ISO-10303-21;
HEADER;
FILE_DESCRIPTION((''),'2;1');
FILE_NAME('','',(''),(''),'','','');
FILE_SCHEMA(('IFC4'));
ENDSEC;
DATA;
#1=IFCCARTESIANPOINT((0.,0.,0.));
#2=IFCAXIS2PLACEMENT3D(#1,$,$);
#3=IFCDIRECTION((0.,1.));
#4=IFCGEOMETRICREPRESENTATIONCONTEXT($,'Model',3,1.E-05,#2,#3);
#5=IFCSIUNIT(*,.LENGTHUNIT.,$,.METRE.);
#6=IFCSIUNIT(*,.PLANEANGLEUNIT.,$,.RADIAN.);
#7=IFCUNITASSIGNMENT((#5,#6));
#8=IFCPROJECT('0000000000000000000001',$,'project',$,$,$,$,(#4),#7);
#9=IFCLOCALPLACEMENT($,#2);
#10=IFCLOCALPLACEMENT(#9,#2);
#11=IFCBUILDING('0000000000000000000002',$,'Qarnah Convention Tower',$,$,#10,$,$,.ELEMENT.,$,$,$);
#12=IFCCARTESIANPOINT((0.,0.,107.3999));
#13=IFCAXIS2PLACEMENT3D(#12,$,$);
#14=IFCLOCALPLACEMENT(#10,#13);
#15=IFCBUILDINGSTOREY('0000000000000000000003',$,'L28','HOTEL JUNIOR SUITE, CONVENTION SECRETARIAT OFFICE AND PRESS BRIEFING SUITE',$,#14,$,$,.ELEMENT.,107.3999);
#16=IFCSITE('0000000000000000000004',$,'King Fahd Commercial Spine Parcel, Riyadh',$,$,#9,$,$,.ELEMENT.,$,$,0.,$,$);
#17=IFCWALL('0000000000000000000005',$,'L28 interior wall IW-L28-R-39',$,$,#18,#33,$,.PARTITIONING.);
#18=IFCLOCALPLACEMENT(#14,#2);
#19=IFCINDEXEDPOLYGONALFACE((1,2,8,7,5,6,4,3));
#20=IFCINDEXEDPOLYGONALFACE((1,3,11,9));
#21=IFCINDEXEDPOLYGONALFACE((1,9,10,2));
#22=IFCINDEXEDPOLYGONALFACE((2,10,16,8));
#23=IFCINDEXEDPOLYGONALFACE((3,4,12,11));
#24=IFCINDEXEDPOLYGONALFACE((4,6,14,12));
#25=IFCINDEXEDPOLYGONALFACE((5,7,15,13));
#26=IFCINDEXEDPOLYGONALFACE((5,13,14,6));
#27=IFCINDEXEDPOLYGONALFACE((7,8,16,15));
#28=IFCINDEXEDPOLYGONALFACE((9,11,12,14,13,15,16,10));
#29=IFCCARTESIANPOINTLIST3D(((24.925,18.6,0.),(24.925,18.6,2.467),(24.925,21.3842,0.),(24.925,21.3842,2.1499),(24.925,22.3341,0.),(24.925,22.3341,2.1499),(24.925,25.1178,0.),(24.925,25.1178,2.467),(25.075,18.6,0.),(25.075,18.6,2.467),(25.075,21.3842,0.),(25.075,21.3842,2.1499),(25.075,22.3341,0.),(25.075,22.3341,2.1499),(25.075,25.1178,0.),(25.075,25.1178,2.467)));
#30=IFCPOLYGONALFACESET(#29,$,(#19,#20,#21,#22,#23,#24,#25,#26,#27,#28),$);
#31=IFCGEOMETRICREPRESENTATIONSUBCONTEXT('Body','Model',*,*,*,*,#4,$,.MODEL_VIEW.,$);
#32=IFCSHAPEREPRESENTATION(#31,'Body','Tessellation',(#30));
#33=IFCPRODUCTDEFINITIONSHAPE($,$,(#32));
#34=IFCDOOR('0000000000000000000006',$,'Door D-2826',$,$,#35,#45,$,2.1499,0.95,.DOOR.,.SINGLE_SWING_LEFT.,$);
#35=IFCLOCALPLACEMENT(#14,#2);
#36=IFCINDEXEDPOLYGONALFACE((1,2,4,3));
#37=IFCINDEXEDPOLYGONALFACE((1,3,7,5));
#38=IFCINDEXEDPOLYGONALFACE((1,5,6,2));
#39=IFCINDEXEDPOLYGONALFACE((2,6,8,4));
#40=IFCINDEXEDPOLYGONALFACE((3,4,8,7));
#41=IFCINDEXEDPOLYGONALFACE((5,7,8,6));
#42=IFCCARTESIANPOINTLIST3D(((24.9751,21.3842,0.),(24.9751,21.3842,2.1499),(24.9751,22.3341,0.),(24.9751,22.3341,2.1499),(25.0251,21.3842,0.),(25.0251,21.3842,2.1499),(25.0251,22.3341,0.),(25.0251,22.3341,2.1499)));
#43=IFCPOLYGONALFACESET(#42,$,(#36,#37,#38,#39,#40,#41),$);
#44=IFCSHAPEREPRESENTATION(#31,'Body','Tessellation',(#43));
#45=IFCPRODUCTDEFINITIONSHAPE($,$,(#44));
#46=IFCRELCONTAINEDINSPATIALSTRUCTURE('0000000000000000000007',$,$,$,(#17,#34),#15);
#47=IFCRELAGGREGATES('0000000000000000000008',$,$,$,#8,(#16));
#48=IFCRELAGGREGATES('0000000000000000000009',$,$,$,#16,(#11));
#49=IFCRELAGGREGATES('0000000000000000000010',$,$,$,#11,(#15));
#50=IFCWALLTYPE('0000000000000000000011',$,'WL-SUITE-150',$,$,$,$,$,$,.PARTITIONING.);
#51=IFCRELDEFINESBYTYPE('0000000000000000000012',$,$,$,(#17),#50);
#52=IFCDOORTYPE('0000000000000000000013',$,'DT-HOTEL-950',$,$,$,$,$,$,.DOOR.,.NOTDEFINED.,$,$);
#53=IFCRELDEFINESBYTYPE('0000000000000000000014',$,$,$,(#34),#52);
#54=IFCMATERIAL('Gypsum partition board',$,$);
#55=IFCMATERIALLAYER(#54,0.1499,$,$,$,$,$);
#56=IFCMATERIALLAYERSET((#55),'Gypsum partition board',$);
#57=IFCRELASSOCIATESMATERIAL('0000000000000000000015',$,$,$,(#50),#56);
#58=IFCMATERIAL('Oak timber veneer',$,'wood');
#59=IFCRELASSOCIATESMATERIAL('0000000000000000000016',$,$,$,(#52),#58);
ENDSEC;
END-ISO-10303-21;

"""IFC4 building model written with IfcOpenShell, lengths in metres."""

from ifc_helpers import new_model, si_unit, direction, frame, frame_2d, origin, place, context, subcontext, project, spatial, rectangle, extrude, material, layer, layer_set, type_object, element, fill, save


model = new_model("IFC4")

# Units and contexts
model_context = context("Model", 3, precision=1e-05, world=origin(), true_north=direction((0.0, 1.0)))
body_context = subcontext(model_context, "Body", "Model", "MODEL_VIEW")
ifc_project = project(units=[si_unit("LENGTHUNIT", "METRE"), si_unit("PLANEANGLEUNIT", "RADIAN")], contexts=[model_context])

# Site, building, storey
site_placement = place(None, origin())
site = spatial("IfcSite", under=ifc_project, at=site_placement, Name="King Fahd Commercial Spine Parcel, Riyadh", CompositionType="ELEMENT", RefElevation=0.0)
building_placement = place(site_placement, origin())
building = spatial("IfcBuilding", under=site, at=building_placement, Name="Qarnah Convention Tower", CompositionType="ELEMENT")
storey_placement = place(building_placement, frame((0.0, 0.0, 107.3999)))
storey = spatial("IfcBuildingStorey", under=building, at=storey_placement, Name="L28", Description="HOTEL JUNIOR SUITE, CONVENTION SECRETARIAT OFFICE AND PRESS BRIEFING SUITE", CompositionType="ELEMENT", Elevation=107.3999)

# Shared definitions
ifc_material_1 = material(Name="Gypsum partition board")
ifc_layer_1 = layer(ifc_material_1, 0.1499)
ifc_layer_set_1 = layer_set([ifc_layer_1], Name="Gypsum partition board")
wall_type_1 = type_object("IfcWallType", Name="WL-SUITE-150", PredefinedType="PARTITIONING", material=ifc_layer_set_1)

# Shared definitions
ifc_material_2 = material(Name="Oak timber veneer", Category="wood")
door_type_1 = type_object("IfcDoorType", Name="DT-HOTEL-950", OperationType="NOTDEFINED", PredefinedType="DOOR", material=ifc_material_2)

# Wall, opening, door
wall_1_placement = place(storey_placement, frame((25.0, 18.6001, 0.0), z_axis=(0.0, 0.0, 1.0), x_axis=(0.0, 1.0, 0.0)))
wall_1 = element("IfcWall", 1, at=wall_1_placement, inside=storey, type_object=wall_type_1, Name="L28 interior wall IW-L28-R-39", PredefinedType="PARTITIONING", context=body_context, shape_type="SweptSolid", body=[
    extrude(rectangle(XDim=6.5178, YDim=0.1499, at=frame_2d((3.2588, 0.0))), origin(), (0.0, 0.0, 1.0), 2.467),
])
opening_1_placement = place(wall_1_placement, frame((2.7839, 0.0, 0.0)))
opening_1 = element("IfcOpeningElement", 2, at=opening_1_placement, cuts=wall_1, PredefinedType="OPENING", context=body_context, shape_type="SweptSolid", body=[
    extrude(rectangle(XDim=0.95, YDim=2.1499, at=frame_2d((0.4751, 1.075))), frame((0.0, 0.085, 0.0), z_axis=(0.0, -1.0, 0.0), x_axis=(1.0, 0.0, 0.0)), (0.0, 0.0, 1.0), 0.1699),
])
door_1_placement = place(opening_1_placement, origin())
door_1 = element("IfcDoor", 3, at=door_1_placement, inside=storey, type_object=door_type_1, Name="Door D-2826", OperationType="SINGLE_SWING_LEFT", OverallHeight=2.1499, OverallWidth=0.95, PredefinedType="DOOR", context=body_context, shape_type="SweptSolid", body=[
    extrude(rectangle(XDim=0.95, YDim=2.1499, at=frame_2d((0.4751, 1.075))), frame((0.0, 0.0249, 0.0), z_axis=(0.0, -1.0, 0.0), x_axis=(1.0, 0.0, 0.0)), (0.0, 0.0, 1.0), 0.05),
])
fill(opening_1, door_1)

save(model, "model.ifc")
